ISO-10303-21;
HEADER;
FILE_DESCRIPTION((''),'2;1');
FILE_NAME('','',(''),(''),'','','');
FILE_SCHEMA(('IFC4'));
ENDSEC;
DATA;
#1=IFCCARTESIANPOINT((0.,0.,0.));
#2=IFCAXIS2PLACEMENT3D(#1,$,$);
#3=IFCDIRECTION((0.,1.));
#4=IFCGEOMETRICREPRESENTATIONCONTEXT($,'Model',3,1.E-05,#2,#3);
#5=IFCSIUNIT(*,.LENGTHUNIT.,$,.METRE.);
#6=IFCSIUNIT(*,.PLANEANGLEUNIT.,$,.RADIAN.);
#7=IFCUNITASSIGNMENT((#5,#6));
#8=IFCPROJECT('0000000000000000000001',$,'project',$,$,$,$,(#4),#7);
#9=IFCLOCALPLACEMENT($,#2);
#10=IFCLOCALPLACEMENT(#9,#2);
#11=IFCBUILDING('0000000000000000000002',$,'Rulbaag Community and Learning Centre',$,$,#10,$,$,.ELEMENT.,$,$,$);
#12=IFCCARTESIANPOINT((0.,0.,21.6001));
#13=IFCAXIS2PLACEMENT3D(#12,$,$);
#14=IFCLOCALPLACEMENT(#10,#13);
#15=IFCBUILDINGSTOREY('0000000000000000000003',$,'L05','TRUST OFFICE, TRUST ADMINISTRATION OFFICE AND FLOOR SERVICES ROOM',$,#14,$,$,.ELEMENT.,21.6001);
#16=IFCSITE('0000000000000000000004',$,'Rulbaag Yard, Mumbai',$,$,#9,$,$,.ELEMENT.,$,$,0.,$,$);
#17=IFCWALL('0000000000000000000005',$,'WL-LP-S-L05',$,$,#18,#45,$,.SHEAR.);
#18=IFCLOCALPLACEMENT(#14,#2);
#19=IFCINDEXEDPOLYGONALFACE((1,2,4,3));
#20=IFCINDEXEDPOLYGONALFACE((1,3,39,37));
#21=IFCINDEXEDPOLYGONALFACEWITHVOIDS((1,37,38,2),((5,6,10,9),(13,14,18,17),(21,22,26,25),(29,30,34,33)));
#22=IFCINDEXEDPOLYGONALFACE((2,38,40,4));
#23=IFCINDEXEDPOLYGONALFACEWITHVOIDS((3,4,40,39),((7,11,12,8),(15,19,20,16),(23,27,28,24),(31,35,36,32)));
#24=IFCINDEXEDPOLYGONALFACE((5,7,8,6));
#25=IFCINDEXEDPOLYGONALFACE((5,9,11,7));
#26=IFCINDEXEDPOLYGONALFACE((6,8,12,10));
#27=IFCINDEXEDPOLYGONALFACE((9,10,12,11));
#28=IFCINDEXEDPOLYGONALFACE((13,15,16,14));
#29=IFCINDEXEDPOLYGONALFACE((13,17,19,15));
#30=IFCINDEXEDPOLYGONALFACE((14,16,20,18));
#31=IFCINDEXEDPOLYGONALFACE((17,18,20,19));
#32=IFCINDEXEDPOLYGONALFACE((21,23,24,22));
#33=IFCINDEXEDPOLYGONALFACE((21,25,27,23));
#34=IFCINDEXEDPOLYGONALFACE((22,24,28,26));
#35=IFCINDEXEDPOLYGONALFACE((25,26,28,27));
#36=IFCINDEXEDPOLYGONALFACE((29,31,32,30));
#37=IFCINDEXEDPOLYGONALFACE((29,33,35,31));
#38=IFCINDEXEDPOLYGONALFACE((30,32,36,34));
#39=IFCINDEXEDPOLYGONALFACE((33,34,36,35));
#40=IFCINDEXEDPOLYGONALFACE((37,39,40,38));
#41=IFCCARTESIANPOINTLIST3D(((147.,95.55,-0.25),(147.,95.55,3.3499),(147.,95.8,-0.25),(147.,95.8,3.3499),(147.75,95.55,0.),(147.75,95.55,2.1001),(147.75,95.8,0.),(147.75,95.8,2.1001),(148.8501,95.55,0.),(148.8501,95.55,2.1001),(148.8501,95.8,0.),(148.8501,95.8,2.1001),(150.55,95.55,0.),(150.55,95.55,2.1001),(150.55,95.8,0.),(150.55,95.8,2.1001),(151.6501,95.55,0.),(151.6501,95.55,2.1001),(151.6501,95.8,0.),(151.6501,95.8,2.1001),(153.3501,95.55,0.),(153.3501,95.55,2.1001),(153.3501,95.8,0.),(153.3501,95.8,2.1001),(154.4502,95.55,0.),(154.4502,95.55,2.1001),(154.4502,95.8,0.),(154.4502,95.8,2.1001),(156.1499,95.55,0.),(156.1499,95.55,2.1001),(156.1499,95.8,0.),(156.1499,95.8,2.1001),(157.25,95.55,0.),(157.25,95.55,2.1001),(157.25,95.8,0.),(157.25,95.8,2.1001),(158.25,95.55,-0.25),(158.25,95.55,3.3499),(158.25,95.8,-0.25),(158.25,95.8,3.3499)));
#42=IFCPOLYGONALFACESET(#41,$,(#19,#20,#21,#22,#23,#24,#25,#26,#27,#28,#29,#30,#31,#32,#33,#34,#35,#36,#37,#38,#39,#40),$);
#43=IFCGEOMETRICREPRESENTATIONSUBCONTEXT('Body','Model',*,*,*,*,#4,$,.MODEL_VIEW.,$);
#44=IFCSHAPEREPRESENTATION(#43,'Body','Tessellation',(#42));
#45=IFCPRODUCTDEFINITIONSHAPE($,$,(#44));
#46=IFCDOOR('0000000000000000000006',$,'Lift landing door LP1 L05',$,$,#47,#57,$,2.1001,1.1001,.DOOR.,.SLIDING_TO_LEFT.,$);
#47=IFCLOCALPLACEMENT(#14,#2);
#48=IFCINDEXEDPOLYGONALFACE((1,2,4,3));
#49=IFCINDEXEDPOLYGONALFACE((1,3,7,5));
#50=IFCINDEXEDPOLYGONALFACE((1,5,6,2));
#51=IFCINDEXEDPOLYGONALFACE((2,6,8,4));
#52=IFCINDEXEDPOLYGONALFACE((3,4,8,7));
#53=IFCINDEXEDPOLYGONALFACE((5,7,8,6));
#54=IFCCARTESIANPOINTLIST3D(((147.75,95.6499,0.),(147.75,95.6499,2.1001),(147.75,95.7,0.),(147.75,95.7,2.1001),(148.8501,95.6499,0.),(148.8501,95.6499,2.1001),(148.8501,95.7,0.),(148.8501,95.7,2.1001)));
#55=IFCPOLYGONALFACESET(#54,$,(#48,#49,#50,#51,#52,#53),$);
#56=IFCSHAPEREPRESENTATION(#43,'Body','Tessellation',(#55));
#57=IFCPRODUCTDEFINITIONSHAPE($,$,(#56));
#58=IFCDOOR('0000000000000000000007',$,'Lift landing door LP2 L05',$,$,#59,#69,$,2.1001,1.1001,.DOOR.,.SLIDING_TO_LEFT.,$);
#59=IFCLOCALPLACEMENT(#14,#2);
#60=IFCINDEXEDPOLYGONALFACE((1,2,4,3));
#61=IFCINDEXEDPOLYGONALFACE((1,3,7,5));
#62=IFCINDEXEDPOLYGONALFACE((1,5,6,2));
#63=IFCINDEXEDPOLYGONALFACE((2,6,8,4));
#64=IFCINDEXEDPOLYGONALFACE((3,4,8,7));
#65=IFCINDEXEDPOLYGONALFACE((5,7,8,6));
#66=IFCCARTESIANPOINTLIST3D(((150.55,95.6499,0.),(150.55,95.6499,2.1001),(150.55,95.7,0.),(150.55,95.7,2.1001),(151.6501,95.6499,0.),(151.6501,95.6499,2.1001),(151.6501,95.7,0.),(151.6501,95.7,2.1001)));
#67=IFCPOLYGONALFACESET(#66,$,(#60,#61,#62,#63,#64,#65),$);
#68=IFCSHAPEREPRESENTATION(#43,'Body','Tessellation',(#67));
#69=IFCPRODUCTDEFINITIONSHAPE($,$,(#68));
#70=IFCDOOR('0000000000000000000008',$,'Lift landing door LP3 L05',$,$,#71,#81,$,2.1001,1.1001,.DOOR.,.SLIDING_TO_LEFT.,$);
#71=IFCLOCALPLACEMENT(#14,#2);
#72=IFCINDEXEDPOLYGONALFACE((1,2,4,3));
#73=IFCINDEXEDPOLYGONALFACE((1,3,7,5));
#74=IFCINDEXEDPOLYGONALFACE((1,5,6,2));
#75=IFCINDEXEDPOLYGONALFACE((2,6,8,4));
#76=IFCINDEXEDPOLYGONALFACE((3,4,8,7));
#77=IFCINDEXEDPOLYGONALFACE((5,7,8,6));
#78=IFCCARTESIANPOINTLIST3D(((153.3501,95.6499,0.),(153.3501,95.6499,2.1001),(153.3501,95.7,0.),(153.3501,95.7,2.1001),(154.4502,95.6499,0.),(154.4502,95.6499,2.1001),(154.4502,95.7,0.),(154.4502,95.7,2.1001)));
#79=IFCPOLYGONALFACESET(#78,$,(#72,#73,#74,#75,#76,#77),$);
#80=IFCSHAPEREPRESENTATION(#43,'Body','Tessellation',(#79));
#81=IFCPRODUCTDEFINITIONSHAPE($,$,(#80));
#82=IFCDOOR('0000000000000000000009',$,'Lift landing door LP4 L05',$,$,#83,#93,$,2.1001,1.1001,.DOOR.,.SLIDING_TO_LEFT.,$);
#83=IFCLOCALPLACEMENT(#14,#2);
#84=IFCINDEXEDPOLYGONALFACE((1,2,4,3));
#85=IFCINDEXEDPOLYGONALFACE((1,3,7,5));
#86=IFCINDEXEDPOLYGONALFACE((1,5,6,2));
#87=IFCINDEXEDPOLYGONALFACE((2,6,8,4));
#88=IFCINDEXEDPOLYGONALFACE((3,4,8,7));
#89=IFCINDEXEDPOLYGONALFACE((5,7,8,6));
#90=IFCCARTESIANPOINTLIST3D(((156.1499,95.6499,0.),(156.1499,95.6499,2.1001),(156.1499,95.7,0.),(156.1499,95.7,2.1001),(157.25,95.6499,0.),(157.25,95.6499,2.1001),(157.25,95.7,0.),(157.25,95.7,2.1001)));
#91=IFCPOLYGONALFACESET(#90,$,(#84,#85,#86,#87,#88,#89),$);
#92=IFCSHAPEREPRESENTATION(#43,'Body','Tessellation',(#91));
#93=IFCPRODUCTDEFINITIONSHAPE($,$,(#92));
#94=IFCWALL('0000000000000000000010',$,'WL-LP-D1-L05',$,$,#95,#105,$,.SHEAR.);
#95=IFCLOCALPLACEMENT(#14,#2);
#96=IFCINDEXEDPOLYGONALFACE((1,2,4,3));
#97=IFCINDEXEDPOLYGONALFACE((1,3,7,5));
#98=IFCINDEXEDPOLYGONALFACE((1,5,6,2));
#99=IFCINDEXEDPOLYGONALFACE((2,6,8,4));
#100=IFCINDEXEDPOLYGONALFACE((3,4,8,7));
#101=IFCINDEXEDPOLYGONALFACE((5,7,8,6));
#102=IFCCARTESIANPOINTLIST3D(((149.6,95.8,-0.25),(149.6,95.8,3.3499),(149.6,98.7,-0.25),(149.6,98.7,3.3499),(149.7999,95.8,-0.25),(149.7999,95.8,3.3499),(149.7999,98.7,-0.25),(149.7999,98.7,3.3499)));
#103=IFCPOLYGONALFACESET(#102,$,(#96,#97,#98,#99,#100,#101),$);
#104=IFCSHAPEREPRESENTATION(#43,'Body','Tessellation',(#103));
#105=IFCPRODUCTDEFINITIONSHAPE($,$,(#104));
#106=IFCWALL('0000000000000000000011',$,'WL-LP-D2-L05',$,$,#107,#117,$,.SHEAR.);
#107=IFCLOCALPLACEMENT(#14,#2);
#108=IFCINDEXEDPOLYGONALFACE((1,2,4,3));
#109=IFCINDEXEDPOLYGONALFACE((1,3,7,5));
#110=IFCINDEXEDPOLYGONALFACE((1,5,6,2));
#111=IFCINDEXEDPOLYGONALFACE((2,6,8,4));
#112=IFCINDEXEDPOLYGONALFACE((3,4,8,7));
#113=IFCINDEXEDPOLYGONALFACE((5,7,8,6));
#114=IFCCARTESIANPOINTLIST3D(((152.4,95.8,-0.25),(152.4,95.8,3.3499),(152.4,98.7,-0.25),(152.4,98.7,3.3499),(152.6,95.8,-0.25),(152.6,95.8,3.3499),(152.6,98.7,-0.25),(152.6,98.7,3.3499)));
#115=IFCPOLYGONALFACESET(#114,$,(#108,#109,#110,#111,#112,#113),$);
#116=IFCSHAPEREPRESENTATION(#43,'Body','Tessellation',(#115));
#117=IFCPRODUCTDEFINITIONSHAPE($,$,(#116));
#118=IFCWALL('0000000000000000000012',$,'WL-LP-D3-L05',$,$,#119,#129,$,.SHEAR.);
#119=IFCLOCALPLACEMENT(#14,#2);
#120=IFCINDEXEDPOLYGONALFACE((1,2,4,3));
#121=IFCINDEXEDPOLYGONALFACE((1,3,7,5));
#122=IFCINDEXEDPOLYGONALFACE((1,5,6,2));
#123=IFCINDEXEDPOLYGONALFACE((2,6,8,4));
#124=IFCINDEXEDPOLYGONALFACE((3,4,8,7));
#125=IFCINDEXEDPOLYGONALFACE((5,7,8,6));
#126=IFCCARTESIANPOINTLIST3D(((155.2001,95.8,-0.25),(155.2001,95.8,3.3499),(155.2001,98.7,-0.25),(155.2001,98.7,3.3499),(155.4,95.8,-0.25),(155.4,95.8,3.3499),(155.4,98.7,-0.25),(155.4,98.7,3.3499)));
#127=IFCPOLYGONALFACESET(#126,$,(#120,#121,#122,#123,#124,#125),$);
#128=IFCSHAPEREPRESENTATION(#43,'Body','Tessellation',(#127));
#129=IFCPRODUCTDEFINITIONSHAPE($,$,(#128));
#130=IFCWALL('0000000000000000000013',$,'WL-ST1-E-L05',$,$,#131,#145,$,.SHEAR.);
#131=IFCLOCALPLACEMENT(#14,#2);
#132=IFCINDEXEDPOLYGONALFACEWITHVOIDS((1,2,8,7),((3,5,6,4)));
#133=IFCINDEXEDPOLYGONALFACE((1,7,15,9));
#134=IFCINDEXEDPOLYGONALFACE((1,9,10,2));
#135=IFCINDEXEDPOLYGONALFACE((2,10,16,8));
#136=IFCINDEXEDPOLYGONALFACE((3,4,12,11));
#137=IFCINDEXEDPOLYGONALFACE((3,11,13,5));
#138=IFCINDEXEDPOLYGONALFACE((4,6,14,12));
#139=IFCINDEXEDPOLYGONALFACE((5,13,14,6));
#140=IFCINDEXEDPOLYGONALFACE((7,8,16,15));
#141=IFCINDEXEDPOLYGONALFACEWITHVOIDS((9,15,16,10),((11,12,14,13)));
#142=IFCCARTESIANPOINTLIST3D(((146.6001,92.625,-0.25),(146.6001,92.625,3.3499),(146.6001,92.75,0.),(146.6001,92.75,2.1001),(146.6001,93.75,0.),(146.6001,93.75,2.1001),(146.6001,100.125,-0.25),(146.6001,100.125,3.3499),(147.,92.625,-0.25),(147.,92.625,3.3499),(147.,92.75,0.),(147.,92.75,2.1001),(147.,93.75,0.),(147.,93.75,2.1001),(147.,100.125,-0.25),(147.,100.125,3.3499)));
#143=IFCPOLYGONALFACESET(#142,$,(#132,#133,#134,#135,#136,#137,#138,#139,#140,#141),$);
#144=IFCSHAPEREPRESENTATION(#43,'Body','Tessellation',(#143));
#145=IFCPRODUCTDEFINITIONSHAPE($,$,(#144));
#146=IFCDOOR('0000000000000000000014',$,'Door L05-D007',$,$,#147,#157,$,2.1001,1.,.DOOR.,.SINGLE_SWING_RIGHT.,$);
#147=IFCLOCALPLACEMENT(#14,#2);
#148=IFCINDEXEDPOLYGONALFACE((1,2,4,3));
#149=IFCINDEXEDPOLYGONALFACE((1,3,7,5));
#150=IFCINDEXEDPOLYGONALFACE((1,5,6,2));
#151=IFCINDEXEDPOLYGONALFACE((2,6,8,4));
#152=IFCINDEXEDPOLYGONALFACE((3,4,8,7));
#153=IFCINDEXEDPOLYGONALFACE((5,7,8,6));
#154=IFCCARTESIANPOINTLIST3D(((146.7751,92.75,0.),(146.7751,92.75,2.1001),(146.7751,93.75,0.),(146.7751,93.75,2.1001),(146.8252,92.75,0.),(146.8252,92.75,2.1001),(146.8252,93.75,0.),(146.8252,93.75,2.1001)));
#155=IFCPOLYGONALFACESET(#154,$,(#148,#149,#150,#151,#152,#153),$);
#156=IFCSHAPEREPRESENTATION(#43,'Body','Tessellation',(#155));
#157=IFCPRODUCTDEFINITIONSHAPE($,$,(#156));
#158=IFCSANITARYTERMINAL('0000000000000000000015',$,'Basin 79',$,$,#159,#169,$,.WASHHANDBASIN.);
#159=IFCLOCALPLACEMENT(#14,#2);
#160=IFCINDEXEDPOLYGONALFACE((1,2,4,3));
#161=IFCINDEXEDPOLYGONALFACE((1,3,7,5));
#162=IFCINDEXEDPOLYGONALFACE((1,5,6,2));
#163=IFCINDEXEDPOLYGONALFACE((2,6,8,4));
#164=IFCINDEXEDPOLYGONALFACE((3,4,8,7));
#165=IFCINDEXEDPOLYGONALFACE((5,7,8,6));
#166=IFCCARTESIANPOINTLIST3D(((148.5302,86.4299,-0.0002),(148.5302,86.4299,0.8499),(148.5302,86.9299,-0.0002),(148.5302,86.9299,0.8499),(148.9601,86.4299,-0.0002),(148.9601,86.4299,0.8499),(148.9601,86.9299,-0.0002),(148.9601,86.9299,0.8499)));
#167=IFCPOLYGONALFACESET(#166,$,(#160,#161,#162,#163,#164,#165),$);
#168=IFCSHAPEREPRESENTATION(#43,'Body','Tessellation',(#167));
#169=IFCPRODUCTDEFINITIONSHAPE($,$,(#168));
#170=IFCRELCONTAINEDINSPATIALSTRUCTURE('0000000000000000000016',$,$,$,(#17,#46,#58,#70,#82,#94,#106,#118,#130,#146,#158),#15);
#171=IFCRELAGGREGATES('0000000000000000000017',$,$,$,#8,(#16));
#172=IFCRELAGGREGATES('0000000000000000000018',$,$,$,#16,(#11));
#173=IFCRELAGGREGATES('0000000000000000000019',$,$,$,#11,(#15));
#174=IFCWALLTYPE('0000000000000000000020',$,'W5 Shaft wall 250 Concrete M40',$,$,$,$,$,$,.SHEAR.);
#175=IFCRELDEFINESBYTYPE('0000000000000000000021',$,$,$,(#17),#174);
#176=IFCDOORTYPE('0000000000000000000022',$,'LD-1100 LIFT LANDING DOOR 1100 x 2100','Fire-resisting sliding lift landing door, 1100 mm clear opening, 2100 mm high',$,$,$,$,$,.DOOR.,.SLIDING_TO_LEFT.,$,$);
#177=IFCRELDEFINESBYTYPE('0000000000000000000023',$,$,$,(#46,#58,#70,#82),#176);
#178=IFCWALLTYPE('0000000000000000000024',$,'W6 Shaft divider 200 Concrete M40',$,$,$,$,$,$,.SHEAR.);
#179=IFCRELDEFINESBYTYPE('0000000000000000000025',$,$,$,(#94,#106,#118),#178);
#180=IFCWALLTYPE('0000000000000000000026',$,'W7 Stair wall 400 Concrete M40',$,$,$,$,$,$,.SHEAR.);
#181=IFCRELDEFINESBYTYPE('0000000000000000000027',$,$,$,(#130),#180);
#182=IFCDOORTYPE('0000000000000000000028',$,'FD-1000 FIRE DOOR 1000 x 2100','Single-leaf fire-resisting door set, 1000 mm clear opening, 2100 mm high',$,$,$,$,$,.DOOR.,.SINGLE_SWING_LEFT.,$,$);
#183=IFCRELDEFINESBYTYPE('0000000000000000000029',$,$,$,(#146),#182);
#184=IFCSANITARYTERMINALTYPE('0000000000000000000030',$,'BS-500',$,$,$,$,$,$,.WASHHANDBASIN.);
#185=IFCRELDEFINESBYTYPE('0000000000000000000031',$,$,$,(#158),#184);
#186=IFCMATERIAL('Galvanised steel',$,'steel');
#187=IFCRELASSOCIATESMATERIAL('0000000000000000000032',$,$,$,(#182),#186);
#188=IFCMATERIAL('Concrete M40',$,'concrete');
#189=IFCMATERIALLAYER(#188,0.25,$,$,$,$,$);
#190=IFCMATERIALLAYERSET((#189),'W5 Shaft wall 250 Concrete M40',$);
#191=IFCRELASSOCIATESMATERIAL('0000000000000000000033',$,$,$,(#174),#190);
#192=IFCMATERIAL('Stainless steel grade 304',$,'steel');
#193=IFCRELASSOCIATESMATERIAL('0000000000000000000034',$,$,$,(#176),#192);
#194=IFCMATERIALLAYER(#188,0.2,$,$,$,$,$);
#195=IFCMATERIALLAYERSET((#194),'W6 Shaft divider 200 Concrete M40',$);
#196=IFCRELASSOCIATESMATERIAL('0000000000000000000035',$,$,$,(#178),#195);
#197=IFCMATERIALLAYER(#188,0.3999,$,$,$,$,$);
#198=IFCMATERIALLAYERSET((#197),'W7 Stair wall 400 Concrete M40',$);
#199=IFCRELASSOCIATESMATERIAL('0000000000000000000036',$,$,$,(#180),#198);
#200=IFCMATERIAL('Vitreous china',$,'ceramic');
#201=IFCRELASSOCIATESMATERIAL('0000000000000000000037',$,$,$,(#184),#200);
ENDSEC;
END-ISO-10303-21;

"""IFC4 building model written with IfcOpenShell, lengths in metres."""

from ifc_helpers import new_model, si_unit, direction, frame, frame_2d, origin, origin_2d, place, context, subcontext, project, spatial, rectangle, extrude, material, layer, layer_set, type_object, element, fill, save


model = new_model("IFC4")

# Units and contexts
model_context = context("Model", 3, precision=1e-05, world=origin(), true_north=direction((0.0, 1.0)))
body_context = subcontext(model_context, "Body", "Model", "MODEL_VIEW")
ifc_project = project(units=[si_unit("LENGTHUNIT", "METRE"), si_unit("PLANEANGLEUNIT", "RADIAN")], contexts=[model_context])

# Site, building, storey
site_placement = place(None, origin())
site = spatial("IfcSite", under=ifc_project, at=site_placement, Name="Rulbaag Yard, Mumbai", CompositionType="ELEMENT", RefElevation=0.0)
building_placement = place(site_placement, origin())
building = spatial("IfcBuilding", under=site, at=building_placement, Name="Rulbaag Community and Learning Centre", CompositionType="ELEMENT")
storey_placement = place(building_placement, frame((0.0, 0.0, 21.6001)))
storey = spatial("IfcBuildingStorey", under=building, at=storey_placement, Name="L05", Description="TRUST OFFICE, TRUST ADMINISTRATION OFFICE AND FLOOR SERVICES ROOM", CompositionType="ELEMENT", Elevation=21.6001)

# Shared definitions
ifc_material_1 = material(Name="Concrete M40", Category="concrete")

# Wall, openings, doors
ifc_material_2 = material(Name="Galvanised steel", Category="steel")
door_type_1 = type_object("IfcDoorType", Name="FD-1000 FIRE DOOR 1000 x 2100", Description="Single-leaf fire-resisting door set, 1000 mm clear opening, 2100 mm high", OperationType="SINGLE_SWING_LEFT", PredefinedType="DOOR", material=ifc_material_2)
ifc_layer_1 = layer(ifc_material_1, 0.25)
ifc_layer_set_1 = layer_set([ifc_layer_1], Name="W5 Shaft wall 250 Concrete M40")
wall_type_1 = type_object("IfcWallType", Name="W5 Shaft wall 250 Concrete M40", PredefinedType="SHEAR", material=ifc_layer_set_1)
wall_1_placement = place(storey_placement, frame((147.0, 95.675, -0.25), z_axis=(0.0, 0.0, 1.0), x_axis=(1.0, 0.0, 0.0)))
wall_1 = element("IfcWall", 1, at=wall_1_placement, inside=storey, type_object=wall_type_1, Name="WL-LP-S-L05", PredefinedType="SHEAR", context=body_context, shape_type="SweptSolid", body=[
    extrude(rectangle(XDim=11.25, YDim=0.25, at=frame_2d((5.625, 0.0))), origin(), (0.0, 0.0, 1.0), 3.5999),
])
opening_1_placement = place(wall_1_placement, frame((0.75, 0.0, 0.25)))
opening_1 = element("IfcOpeningElement", 2, at=opening_1_placement, cuts=wall_1, PredefinedType="OPENING", context=body_context, shape_type="SweptSolid", body=[
    extrude(rectangle(XDim=1.1001, YDim=2.1001, at=frame_2d((0.55, 1.05))), frame((0.0, 0.135, 0.0), z_axis=(0.0, -1.0, 0.0), x_axis=(1.0, 0.0, 0.0)), (0.0, 0.0, 1.0), 0.27),
])
opening_2_placement = place(wall_1_placement, frame((3.55, 0.0, 0.25)))
opening_2 = element("IfcOpeningElement", 3, at=opening_2_placement, cuts=wall_1, PredefinedType="OPENING", context=body_context, shape_type="SweptSolid", body=[
    extrude(rectangle(XDim=1.1001, YDim=2.1001, at=frame_2d((0.55, 1.05))), frame((0.0, 0.135, 0.0), z_axis=(0.0, -1.0, 0.0), x_axis=(1.0, 0.0, 0.0)), (0.0, 0.0, 1.0), 0.27),
])
opening_3_placement = place(wall_1_placement, frame((6.3501, 0.0, 0.25)))
opening_3 = element("IfcOpeningElement", 4, at=opening_3_placement, cuts=wall_1, PredefinedType="OPENING", context=body_context, shape_type="SweptSolid", body=[
    extrude(rectangle(XDim=1.1001, YDim=2.1001, at=frame_2d((0.55, 1.05))), frame((0.0, 0.135, 0.0), z_axis=(0.0, -1.0, 0.0), x_axis=(1.0, 0.0, 0.0)), (0.0, 0.0, 1.0), 0.27),
])
opening_4_placement = place(wall_1_placement, frame((9.1499, 0.0, 0.25)))
opening_4 = element("IfcOpeningElement", 5, at=opening_4_placement, cuts=wall_1, PredefinedType="OPENING", context=body_context, shape_type="SweptSolid", body=[
    extrude(rectangle(XDim=1.1001, YDim=2.1001, at=frame_2d((0.55, 1.05))), frame((0.0, 0.135, 0.0), z_axis=(0.0, -1.0, 0.0), x_axis=(1.0, 0.0, 0.0)), (0.0, 0.0, 1.0), 0.27),
])
ifc_material_3 = material(Name="Stainless steel grade 304", Category="steel")
door_type_2 = type_object("IfcDoorType", Name="LD-1100 LIFT LANDING DOOR 1100 x 2100", Description="Fire-resisting sliding lift landing door, 1100 mm clear opening, 2100 mm high", OperationType="SLIDING_TO_LEFT", PredefinedType="DOOR", material=ifc_material_3)
door_1_placement = place(opening_1_placement, origin())
door_1 = element("IfcDoor", 6, at=door_1_placement, inside=storey, type_object=door_type_2, Name="Lift landing door LP1 L05", OperationType="SLIDING_TO_LEFT", OverallHeight=2.1001, OverallWidth=1.1001, PredefinedType="DOOR", context=body_context, shape_type="SweptSolid", body=[
    extrude(rectangle(XDim=1.1001, YDim=2.1001, at=frame_2d((0.55, 1.05))), frame((0.0, 0.0249, 0.0), z_axis=(0.0, -1.0, 0.0), x_axis=(1.0, 0.0, 0.0)), (0.0, 0.0, 1.0), 0.05),
])
fill(opening_1, door_1)
door_2_placement = place(opening_2_placement, origin())
door_2 = element("IfcDoor", 7, at=door_2_placement, inside=storey, type_object=door_type_2, Name="Lift landing door LP2 L05", OperationType="SLIDING_TO_LEFT", OverallHeight=2.1001, OverallWidth=1.1001, PredefinedType="DOOR", context=body_context, shape_type="SweptSolid", body=[
    extrude(rectangle(XDim=1.1001, YDim=2.1001, at=frame_2d((0.55, 1.05))), frame((0.0, 0.0249, 0.0), z_axis=(0.0, -1.0, 0.0), x_axis=(1.0, 0.0, 0.0)), (0.0, 0.0, 1.0), 0.05),
])
fill(opening_2, door_2)
door_3_placement = place(opening_3_placement, origin())
door_3 = element("IfcDoor", 8, at=door_3_placement, inside=storey, type_object=door_type_2, Name="Lift landing door LP3 L05", OperationType="SLIDING_TO_LEFT", OverallHeight=2.1001, OverallWidth=1.1001, PredefinedType="DOOR", context=body_context, shape_type="SweptSolid", body=[
    extrude(rectangle(XDim=1.1001, YDim=2.1001, at=frame_2d((0.55, 1.05))), frame((0.0, 0.0249, 0.0), z_axis=(0.0, -1.0, 0.0), x_axis=(1.0, 0.0, 0.0)), (0.0, 0.0, 1.0), 0.05),
])
fill(opening_3, door_3)
door_4_placement = place(opening_4_placement, origin())
door_4 = element("IfcDoor", 9, at=door_4_placement, inside=storey, type_object=door_type_2, Name="Lift landing door LP4 L05", OperationType="SLIDING_TO_LEFT", OverallHeight=2.1001, OverallWidth=1.1001, PredefinedType="DOOR", context=body_context, shape_type="SweptSolid", body=[
    extrude(rectangle(XDim=1.1001, YDim=2.1001, at=frame_2d((0.55, 1.05))), frame((0.0, 0.0249, 0.0), z_axis=(0.0, -1.0, 0.0), x_axis=(1.0, 0.0, 0.0)), (0.0, 0.0, 1.0), 0.05),
])
fill(opening_4, door_4)

# Walls
ifc_layer_2 = layer(ifc_material_1, 0.2)
ifc_layer_set_2 = layer_set([ifc_layer_2], Name="W6 Shaft divider 200 Concrete M40")
wall_type_2 = type_object("IfcWallType", Name="W6 Shaft divider 200 Concrete M40", PredefinedType="SHEAR", material=ifc_layer_set_2)
for number, where, z_axis, x_axis, name in (
    (10, (149.7, 95.8, -0.25), (0.0, 0.0, 1.0), (0.0, 1.0, 0.0), "WL-LP-D1-L05"),
    (11, (152.5, 95.8, -0.25), (0.0, 0.0, 1.0), (0.0, 1.0, 0.0), "WL-LP-D2-L05"),
    (12, (155.3, 95.8, -0.25), (0.0, 0.0, 1.0), (0.0, 1.0, 0.0), "WL-LP-D3-L05"),
):
    element("IfcWall", number, at=place(storey_placement, frame(where, z_axis=z_axis, x_axis=x_axis)), inside=storey, type_object=wall_type_2, Name=name, PredefinedType="SHEAR", context=body_context, shape_type="SweptSolid", body=[
        extrude(rectangle(XDim=2.8999, YDim=0.2, at=frame_2d((1.45, 0.0))), origin(), (0.0, 0.0, 1.0), 3.5999),
    ])

# Wall, opening, door
ifc_layer_3 = layer(ifc_material_1, 0.3999)
ifc_layer_set_3 = layer_set([ifc_layer_3], Name="W7 Stair wall 400 Concrete M40")
wall_type_3 = type_object("IfcWallType", Name="W7 Stair wall 400 Concrete M40", PredefinedType="SHEAR", material=ifc_layer_set_3)
wall_2_placement = place(storey_placement, frame((146.8, 92.625, -0.25), z_axis=(0.0, 0.0, 1.0), x_axis=(0.0, 1.0, 0.0)))
wall_2 = element("IfcWall", 13, at=wall_2_placement, inside=storey, type_object=wall_type_3, Name="WL-ST1-E-L05", PredefinedType="SHEAR", context=body_context, shape_type="SweptSolid", body=[
    extrude(rectangle(XDim=7.5, YDim=0.3999, at=frame_2d((3.75, 0.0))), origin(), (0.0, 0.0, 1.0), 3.5999),
])
opening_5_placement = place(wall_2_placement, frame((0.125, 0.0, 0.25)))
opening_5 = element("IfcOpeningElement", 14, at=opening_5_placement, cuts=wall_2, PredefinedType="OPENING", context=body_context, shape_type="SweptSolid", body=[
    extrude(rectangle(XDim=1.0, YDim=2.1001, at=frame_2d((0.5, 1.05))), frame((0.0, 0.21, 0.0), z_axis=(0.0, -1.0, 0.0), x_axis=(1.0, 0.0, 0.0)), (0.0, 0.0, 1.0), 0.4199),
])
door_5_placement = place(opening_5_placement, origin())
door_5 = element("IfcDoor", 15, at=door_5_placement, inside=storey, type_object=door_type_1, Name="Door L05-D007", OperationType="SINGLE_SWING_RIGHT", OverallHeight=2.1001, OverallWidth=1.0, PredefinedType="DOOR", context=body_context, shape_type="SweptSolid", body=[
    extrude(rectangle(XDim=1.0, YDim=2.1001, at=frame_2d((0.5, 1.05))), frame((0.0, 0.0249, 0.0), z_axis=(0.0, -1.0, 0.0), x_axis=(1.0, 0.0, 0.0)), (0.0, 0.0, 1.0), 0.05),
])
fill(opening_5, door_5)

# Sanitary terminal
ifc_material_4 = material(Name="Vitreous china", Category="ceramic")
sanitary_terminal_type_1 = type_object("IfcSanitaryTerminalType", Name="BS-500", PredefinedType="WASHHANDBASIN", material=ifc_material_4)
sanitary_terminal_placement = place(storey_placement, frame((148.7451, 86.6799, -0.0002), z_axis=(0.0, 0.0, 1.0), x_axis=(1.0, 0.0, 0.0)))
element("IfcSanitaryTerminal", 16, at=sanitary_terminal_placement, inside=storey, type_object=sanitary_terminal_type_1, Name="Basin 79", PredefinedType="WASHHANDBASIN", context=body_context, shape_type="SweptSolid", body=[
    extrude(rectangle(XDim=0.4299, YDim=0.5, at=origin_2d()), origin(), (0.0, 0.0, 1.0), 0.8501),
])

save(model, "model.ifc")
